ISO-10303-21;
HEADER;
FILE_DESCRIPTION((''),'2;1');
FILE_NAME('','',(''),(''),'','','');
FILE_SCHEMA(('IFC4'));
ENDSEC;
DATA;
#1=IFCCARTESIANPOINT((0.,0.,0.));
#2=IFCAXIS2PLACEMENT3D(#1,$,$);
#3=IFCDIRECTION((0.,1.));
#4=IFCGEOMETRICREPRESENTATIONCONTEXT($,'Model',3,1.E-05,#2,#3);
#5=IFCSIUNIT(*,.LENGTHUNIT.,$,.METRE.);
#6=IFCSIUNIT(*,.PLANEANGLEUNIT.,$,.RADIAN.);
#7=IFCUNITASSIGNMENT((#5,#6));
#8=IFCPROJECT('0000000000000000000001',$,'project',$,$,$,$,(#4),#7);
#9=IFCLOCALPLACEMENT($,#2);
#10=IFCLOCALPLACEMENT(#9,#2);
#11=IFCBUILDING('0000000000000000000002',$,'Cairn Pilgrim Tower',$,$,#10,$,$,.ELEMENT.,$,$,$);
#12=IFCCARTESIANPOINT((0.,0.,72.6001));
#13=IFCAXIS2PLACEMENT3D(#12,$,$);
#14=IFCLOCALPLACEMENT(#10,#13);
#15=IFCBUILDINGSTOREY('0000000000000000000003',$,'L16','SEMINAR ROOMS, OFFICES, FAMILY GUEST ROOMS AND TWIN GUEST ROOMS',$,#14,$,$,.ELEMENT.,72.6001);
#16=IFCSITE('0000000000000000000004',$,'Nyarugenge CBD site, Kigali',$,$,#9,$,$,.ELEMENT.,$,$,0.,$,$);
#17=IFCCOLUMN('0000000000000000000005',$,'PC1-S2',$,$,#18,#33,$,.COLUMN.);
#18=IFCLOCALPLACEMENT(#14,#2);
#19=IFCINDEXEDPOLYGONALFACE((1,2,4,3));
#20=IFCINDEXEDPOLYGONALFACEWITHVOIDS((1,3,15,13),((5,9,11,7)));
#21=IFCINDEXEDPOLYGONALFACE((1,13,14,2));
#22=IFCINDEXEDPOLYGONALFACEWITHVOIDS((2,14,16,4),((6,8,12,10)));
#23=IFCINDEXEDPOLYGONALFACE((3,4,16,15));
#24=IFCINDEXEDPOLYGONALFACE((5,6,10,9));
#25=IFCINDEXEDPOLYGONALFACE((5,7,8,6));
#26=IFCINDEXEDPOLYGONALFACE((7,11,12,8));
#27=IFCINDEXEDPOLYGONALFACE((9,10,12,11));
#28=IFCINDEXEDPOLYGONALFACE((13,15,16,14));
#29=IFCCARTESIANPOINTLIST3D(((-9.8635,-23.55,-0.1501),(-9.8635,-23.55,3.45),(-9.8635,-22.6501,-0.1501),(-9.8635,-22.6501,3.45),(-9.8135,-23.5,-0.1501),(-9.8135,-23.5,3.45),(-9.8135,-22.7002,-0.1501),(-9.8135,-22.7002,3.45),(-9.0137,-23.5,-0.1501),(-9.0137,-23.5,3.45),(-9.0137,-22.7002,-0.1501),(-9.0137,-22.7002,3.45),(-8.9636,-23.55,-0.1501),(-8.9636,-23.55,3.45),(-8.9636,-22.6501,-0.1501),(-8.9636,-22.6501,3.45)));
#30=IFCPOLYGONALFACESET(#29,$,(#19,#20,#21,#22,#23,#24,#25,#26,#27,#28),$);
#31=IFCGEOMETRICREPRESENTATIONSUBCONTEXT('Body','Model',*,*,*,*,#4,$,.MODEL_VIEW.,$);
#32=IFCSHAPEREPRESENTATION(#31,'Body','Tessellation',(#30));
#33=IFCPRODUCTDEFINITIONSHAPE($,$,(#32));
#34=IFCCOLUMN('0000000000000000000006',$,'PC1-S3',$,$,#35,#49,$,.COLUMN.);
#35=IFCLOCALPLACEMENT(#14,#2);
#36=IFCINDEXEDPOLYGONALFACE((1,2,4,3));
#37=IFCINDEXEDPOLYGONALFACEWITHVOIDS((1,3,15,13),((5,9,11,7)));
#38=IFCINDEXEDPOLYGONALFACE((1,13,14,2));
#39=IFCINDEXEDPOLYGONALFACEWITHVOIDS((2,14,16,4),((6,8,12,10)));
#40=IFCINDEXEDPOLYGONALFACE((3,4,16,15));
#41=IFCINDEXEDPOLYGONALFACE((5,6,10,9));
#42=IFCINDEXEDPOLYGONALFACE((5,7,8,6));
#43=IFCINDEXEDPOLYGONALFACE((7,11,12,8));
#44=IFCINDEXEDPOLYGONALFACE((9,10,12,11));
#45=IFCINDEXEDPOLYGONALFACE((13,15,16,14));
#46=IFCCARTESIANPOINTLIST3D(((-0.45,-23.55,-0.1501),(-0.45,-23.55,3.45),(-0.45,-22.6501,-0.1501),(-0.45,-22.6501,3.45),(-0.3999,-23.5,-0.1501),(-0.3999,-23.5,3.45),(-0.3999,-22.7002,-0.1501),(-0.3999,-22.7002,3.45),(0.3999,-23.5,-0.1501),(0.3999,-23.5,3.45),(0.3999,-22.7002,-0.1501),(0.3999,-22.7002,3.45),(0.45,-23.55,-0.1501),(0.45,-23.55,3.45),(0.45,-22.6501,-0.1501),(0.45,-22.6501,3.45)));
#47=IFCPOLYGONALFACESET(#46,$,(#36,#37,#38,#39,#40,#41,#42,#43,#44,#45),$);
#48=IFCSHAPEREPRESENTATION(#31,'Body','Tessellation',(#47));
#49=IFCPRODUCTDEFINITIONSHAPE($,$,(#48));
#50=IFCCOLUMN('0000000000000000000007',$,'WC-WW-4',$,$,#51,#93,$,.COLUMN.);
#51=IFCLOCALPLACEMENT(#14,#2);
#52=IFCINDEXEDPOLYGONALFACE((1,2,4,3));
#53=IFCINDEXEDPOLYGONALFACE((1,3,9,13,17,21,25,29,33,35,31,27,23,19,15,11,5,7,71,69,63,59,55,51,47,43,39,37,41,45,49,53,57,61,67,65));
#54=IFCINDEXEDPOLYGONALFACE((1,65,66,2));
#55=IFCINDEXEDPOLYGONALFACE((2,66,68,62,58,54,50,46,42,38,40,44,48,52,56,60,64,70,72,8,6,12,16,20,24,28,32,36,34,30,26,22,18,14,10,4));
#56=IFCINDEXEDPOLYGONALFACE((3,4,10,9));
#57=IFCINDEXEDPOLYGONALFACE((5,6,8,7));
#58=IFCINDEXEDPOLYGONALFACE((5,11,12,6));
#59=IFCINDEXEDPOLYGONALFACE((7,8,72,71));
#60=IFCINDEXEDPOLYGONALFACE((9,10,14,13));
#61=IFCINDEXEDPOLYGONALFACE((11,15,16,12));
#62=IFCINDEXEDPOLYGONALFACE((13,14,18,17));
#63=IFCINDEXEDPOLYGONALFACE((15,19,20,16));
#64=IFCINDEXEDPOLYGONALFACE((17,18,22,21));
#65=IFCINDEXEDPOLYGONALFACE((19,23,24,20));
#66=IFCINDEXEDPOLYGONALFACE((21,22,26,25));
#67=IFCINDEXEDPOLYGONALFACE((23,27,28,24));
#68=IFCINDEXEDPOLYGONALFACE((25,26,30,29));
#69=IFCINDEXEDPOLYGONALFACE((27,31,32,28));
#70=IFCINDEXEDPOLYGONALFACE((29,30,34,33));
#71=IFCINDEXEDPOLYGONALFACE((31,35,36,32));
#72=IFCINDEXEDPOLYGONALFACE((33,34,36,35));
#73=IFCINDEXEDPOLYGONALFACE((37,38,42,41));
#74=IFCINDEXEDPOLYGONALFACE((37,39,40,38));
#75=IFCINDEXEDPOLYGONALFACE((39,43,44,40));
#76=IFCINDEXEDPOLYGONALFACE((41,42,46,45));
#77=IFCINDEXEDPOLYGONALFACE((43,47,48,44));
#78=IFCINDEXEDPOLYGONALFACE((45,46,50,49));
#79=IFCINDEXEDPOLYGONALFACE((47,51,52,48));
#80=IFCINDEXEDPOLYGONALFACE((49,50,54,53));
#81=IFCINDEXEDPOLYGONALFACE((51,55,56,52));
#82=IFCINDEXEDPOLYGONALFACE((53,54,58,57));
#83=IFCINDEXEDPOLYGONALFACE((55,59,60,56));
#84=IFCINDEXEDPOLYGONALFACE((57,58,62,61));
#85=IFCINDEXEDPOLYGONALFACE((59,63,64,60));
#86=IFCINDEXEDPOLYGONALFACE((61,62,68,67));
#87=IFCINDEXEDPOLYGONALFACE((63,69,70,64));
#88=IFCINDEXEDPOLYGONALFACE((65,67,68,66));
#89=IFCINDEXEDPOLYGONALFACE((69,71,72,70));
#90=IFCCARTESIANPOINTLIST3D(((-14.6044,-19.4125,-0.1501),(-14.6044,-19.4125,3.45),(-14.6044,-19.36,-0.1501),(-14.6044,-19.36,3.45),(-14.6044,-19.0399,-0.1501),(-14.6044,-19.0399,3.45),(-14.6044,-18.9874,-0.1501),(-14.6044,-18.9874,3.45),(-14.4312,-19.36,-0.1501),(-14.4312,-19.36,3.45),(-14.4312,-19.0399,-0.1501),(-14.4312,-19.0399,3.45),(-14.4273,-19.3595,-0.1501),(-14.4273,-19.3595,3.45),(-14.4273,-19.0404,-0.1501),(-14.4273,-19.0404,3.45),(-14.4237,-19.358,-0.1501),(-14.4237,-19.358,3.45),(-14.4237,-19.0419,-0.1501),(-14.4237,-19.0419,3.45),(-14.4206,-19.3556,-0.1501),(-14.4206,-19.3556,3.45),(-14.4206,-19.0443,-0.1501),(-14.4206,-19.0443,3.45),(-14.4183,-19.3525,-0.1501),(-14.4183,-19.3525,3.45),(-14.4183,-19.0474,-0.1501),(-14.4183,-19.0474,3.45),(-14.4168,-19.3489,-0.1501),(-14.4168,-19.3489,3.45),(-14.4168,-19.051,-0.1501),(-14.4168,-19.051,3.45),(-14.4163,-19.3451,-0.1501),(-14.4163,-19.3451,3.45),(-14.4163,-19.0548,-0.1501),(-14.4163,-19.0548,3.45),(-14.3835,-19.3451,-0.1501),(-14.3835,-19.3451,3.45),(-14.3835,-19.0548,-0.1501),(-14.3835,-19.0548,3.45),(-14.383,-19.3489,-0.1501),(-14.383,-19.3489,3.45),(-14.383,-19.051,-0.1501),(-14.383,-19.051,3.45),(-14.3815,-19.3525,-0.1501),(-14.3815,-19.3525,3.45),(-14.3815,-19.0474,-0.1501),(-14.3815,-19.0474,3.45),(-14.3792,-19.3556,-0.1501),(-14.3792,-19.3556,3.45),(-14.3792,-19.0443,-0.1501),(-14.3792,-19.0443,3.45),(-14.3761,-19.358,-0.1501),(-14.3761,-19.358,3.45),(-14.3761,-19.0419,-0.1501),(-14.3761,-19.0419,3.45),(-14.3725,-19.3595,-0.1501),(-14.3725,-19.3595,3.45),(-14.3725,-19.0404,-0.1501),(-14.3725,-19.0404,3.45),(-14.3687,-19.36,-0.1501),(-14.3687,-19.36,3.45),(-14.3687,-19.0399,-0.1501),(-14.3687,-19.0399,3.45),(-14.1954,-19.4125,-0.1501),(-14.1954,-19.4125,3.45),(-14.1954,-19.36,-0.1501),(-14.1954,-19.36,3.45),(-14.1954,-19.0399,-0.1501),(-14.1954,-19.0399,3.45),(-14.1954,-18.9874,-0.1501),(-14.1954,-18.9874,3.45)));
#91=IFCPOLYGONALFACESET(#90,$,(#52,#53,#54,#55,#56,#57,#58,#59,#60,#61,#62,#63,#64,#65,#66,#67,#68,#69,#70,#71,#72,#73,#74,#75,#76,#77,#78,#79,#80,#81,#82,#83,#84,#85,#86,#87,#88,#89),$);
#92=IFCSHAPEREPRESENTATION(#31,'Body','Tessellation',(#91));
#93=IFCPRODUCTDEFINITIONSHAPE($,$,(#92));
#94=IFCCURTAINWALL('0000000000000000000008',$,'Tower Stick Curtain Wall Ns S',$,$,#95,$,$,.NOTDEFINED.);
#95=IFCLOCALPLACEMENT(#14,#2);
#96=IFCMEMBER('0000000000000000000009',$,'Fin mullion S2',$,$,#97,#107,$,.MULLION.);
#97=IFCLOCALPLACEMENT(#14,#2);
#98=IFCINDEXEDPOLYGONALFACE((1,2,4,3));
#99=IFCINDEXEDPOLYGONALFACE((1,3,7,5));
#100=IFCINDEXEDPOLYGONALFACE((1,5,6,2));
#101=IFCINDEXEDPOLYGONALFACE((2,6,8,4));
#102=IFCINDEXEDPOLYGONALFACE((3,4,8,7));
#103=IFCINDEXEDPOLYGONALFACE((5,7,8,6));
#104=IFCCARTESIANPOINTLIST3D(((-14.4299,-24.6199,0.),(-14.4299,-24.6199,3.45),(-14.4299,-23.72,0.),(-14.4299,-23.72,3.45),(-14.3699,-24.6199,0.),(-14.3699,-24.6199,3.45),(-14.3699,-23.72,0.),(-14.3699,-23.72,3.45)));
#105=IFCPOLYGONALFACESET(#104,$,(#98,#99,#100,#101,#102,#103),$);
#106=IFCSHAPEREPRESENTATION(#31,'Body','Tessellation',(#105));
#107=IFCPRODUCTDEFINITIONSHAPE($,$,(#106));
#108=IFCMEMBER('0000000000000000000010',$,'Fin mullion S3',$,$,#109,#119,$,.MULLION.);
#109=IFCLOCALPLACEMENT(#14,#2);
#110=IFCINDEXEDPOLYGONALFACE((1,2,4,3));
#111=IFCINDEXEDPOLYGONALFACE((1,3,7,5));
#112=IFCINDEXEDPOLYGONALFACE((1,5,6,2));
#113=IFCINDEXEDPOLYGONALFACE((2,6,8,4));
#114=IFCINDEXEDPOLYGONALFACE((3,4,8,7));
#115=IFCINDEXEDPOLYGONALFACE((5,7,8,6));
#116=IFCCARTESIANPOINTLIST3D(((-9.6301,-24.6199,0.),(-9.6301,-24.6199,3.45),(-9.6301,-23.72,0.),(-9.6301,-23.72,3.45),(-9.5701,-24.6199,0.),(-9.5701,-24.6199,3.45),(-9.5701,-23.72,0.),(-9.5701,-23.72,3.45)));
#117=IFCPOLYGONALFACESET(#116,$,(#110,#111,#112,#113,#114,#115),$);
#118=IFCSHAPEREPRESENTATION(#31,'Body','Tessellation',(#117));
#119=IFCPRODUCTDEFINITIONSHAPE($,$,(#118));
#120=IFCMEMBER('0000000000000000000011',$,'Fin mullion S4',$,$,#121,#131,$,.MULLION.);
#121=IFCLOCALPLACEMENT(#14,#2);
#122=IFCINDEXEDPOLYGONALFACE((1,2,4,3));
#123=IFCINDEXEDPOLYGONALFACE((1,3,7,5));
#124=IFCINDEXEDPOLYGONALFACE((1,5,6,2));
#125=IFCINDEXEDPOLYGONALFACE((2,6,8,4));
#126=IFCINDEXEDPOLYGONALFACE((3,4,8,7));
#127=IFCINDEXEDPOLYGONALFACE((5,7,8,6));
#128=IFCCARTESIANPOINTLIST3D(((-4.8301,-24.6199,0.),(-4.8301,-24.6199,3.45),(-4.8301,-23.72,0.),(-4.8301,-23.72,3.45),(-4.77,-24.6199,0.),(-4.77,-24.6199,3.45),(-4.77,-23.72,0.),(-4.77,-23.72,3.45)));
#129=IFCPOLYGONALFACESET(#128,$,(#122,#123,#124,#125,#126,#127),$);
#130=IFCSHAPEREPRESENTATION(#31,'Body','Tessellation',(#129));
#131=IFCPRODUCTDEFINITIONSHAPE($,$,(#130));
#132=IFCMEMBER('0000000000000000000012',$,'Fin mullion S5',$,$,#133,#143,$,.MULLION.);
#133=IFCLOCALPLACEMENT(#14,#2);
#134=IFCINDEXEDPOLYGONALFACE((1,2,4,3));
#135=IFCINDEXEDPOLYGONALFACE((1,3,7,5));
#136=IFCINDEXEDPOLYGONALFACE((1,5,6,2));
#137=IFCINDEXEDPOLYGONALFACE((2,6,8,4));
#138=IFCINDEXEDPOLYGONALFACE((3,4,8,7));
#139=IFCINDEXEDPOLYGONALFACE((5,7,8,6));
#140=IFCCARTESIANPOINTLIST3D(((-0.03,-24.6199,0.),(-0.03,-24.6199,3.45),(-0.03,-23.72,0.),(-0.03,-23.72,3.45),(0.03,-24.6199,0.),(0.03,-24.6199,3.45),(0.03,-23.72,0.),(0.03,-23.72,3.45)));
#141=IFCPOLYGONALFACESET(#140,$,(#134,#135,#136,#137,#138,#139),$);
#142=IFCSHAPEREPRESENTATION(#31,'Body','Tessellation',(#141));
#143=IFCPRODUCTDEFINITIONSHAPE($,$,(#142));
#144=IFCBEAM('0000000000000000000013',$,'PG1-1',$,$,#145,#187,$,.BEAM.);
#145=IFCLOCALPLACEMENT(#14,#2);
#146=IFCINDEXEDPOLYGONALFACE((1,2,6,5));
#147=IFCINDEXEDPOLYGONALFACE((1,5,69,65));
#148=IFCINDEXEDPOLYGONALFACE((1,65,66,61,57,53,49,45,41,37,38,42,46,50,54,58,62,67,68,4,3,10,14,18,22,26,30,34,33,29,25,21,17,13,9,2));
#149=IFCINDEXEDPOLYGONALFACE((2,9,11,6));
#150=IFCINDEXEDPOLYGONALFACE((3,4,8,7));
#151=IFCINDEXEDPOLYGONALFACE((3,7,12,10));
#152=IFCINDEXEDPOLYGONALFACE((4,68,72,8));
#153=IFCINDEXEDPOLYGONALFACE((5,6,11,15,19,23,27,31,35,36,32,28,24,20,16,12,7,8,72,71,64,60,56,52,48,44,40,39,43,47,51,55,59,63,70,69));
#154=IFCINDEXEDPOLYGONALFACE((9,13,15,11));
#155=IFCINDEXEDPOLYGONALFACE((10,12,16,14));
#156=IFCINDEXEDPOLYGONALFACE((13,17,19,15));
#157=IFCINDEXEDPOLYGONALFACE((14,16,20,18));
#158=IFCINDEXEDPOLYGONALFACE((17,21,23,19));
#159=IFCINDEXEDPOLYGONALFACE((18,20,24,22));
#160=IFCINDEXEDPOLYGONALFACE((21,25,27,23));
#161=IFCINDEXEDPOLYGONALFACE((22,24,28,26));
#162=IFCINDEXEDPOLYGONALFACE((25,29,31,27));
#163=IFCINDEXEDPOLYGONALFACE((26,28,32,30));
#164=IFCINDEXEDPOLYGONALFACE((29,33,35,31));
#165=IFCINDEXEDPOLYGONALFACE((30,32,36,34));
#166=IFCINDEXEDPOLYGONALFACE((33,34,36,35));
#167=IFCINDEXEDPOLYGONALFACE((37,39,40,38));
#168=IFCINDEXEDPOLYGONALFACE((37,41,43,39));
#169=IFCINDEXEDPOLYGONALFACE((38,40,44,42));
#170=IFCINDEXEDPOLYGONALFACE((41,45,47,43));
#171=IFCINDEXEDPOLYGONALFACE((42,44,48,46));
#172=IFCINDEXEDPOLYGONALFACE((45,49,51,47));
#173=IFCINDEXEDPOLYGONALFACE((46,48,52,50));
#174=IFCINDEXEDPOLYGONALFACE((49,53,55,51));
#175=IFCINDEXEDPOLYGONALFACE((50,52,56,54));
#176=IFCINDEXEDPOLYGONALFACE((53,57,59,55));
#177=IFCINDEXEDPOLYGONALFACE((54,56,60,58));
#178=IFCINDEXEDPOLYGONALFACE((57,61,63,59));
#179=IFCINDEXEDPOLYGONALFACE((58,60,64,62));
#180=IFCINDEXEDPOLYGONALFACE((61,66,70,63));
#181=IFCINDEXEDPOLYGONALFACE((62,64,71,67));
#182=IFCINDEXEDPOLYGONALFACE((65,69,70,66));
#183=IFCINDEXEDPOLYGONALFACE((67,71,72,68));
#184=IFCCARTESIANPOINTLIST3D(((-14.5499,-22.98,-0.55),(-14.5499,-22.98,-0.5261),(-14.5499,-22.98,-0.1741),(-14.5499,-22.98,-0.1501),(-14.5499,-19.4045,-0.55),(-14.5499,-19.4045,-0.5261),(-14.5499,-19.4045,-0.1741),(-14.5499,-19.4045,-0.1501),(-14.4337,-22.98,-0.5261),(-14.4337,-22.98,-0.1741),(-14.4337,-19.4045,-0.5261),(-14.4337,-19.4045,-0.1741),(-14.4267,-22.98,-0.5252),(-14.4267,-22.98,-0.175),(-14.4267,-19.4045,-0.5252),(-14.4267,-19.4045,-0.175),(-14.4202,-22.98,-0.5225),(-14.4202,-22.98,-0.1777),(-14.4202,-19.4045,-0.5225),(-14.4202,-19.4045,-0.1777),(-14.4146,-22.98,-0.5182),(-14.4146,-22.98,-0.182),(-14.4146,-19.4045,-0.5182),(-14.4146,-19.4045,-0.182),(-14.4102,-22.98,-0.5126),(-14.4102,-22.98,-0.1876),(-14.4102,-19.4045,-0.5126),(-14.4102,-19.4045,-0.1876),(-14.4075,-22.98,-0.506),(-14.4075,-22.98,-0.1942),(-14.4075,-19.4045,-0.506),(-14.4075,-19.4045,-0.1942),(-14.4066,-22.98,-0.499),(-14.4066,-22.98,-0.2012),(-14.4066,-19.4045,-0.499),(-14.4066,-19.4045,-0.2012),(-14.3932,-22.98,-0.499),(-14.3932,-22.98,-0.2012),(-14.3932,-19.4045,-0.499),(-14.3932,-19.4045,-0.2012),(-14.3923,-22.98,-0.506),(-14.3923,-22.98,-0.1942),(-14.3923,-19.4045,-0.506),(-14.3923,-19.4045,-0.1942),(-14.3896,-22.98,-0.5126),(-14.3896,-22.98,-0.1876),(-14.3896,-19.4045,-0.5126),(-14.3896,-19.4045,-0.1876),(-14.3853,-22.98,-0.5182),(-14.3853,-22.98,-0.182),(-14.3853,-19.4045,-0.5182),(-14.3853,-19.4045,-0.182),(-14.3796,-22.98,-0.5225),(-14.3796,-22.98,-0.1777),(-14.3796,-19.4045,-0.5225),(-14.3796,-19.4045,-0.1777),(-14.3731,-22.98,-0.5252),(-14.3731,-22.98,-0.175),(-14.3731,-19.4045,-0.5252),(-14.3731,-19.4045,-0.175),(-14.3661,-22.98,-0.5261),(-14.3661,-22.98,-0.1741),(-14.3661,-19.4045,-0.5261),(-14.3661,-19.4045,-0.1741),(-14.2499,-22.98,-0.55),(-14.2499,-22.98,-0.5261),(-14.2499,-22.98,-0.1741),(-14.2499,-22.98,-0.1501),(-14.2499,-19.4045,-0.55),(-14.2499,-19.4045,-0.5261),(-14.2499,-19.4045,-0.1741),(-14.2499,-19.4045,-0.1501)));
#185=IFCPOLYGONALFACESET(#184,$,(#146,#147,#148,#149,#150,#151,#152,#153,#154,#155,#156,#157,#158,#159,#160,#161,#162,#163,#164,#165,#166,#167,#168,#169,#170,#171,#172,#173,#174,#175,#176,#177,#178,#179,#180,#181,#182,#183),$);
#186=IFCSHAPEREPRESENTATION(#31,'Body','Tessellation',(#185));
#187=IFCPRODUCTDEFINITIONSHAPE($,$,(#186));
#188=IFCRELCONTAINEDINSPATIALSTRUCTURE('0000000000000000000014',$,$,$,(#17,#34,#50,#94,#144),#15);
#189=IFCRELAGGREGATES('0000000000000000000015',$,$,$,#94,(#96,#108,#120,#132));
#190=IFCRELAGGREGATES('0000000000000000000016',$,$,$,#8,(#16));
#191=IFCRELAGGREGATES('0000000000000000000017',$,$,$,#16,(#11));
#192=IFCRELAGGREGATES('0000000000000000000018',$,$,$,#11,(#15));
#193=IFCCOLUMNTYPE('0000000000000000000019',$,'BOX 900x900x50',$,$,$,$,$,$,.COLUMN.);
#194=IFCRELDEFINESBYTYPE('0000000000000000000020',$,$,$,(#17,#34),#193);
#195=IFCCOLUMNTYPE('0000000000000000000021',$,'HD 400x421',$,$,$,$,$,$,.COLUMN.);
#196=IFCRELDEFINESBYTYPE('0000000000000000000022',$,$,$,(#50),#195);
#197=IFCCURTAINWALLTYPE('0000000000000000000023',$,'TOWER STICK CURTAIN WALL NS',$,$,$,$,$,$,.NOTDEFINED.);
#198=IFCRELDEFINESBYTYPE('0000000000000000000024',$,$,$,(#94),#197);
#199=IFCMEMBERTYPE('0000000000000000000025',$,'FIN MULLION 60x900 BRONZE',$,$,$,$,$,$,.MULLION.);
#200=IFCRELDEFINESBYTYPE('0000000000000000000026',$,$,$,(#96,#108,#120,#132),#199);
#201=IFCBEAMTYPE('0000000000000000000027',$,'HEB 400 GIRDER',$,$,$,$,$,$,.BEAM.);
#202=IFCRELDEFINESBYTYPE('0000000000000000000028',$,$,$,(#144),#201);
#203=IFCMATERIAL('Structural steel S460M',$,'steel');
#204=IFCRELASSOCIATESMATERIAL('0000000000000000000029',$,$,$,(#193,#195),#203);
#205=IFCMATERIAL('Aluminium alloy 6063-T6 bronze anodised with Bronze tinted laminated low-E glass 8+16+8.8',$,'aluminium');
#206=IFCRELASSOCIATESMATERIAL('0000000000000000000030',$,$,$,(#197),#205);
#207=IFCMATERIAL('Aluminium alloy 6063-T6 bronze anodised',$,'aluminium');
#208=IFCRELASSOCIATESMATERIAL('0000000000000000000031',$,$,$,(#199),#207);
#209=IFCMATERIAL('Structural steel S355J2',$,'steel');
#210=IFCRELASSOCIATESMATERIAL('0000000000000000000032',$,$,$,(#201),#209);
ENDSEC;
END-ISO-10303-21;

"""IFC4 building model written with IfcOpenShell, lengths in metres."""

from ifc_helpers import new_model, si_unit, direction, frame, origin, origin_2d, place, context, subcontext, project, spatial, rectangle, hollow_rectangle, i_section, extrude, material, material_profile, profile_set, type_object, element, aggregate, save


model = new_model("IFC4")

# Units and contexts
model_context = context("Model", 3, precision=1e-05, world=origin(), true_north=direction((0.0, 1.0)))
body_context = subcontext(model_context, "Body", "Model", "MODEL_VIEW")
ifc_project = project(units=[si_unit("LENGTHUNIT", "METRE"), si_unit("PLANEANGLEUNIT", "RADIAN")], contexts=[model_context])

# Site, building, storey
site_placement = place(None, origin())
site = spatial("IfcSite", under=ifc_project, at=site_placement, Name="Nyarugenge CBD site, Kigali", CompositionType="ELEMENT", RefElevation=0.0)
building_placement = place(site_placement, origin())
building = spatial("IfcBuilding", under=site, at=building_placement, Name="Cairn Pilgrim Tower", CompositionType="ELEMENT")
storey_placement = place(building_placement, frame((0.0, 0.0, 72.6001)))
storey = spatial("IfcBuildingStorey", under=building, at=storey_placement, Name="L16", Description="SEMINAR ROOMS, OFFICES, FAMILY GUEST ROOMS AND TWIN GUEST ROOMS", CompositionType="ELEMENT", Elevation=72.6001)

# Columns
ifc_material_1 = material(Name="Structural steel S460M", Category="steel")
ifc_material_profile_1 = material_profile(ifc_material_1, hollow_rectangle(XDim=0.8999, YDim=0.8999, WallThickness=0.05, at=origin_2d()), Name="BOX 900x900x50")
ifc_profile_set_1 = profile_set([ifc_material_profile_1], Name="Structural steel S460M")
column_type_1 = type_object("IfcColumnType", Name="BOX 900x900x50", PredefinedType="COLUMN", material=ifc_profile_set_1)
for number, where, z_axis, x_axis, name in (
    (1, (-9.4136, -23.1001, -0.1501), (0.0, 0.0, 1.0), (1.0, 0.0, 0.0), "PC1-S2"),
    (2, (0.0, -23.1001, -0.1501), (0.0, 0.0, 1.0), (1.0, 0.0, 0.0), "PC1-S3"),
):
    element("IfcColumn", number, at=place(storey_placement, frame(where, z_axis=z_axis, x_axis=x_axis)), inside=storey, type_object=column_type_1, Name=name, PredefinedType="COLUMN", context=body_context, shape_type="SweptSolid", body=[
        extrude(hollow_rectangle(XDim=0.8999, YDim=0.8999, WallThickness=0.05, at=origin_2d()), origin(), (0.0, 0.0, 1.0), 3.6001),
    ])
ifc_material_profile_2 = material_profile(ifc_material_1, i_section(OverallWidth=0.4089, OverallDepth=0.425, WebThickness=0.0327, FlangeThickness=0.0525, FilletRadius=0.0149, at=origin_2d()), Name="HD 400x421")
ifc_profile_set_2 = profile_set([ifc_material_profile_2], Name="Structural steel S460M")
column_type_2 = type_object("IfcColumnType", Name="HD 400x421", PredefinedType="COLUMN", material=ifc_profile_set_2)
column_placement = place(storey_placement, frame((-14.3999, -19.2, -0.1501), z_axis=(0.0, 0.0, 1.0), x_axis=(1.0, 0.0, 0.0)))
element("IfcColumn", 3, at=column_placement, inside=storey, type_object=column_type_2, Name="WC-WW-4", PredefinedType="COLUMN", context=body_context, shape_type="SweptSolid", body=[
    extrude(i_section(OverallWidth=0.4089, OverallDepth=0.425, WebThickness=0.0327, FlangeThickness=0.0525, FilletRadius=0.0149, at=origin_2d()), origin(), (0.0, 0.0, 1.0), 3.6001),
])

# Curtain wall, members
ifc_material_2 = material(Name="Aluminium alloy 6063-T6 bronze anodised with Bronze tinted laminated low-E glass 8+16+8.8", Category="aluminium")
curtain_wall_type = type_object("IfcCurtainWallType", Name="TOWER STICK CURTAIN WALL NS", PredefinedType="NOTDEFINED", material=ifc_material_2)
curtain_wall_placement = place(storey_placement, origin())
curtain_wall = element("IfcCurtainWall", 4, at=curtain_wall_placement, inside=storey, type_object=curtain_wall_type, Name="Tower Stick Curtain Wall Ns S", PredefinedType="NOTDEFINED")
ifc_material_3 = material(Name="Aluminium alloy 6063-T6 bronze anodised", Category="aluminium")
ifc_material_profile_3 = material_profile(ifc_material_3, rectangle(XDim=0.8999, YDim=0.0601, at=origin_2d()), Name="FIN MULLION 60x900 BRONZE")
ifc_profile_set_3 = profile_set([ifc_material_profile_3], Name="Aluminium alloy 6063-T6 bronze anodised")
member_type_1 = type_object("IfcMemberType", Name="FIN MULLION 60x900 BRONZE", PredefinedType="MULLION", material=ifc_profile_set_3)
member_1_placement = place(storey_placement, frame((-14.3999, -24.1699, 0.0), z_axis=(0.0, 0.0, 1.0), x_axis=(0.0, -1.0, 0.0)))
member_1 = element("IfcMember", 5, at=member_1_placement, type_object=member_type_1, Name="Fin mullion S2", PredefinedType="MULLION", context=body_context, shape_type="SweptSolid", body=[
    extrude(rectangle(XDim=0.8999, YDim=0.0601, at=origin_2d()), origin(), (0.0, 0.0, 1.0), 3.45),
])
member_2_placement = place(storey_placement, frame((-9.6001, -24.1699, 0.0), z_axis=(0.0, 0.0, 1.0), x_axis=(0.0, -1.0, 0.0)))
member_2 = element("IfcMember", 6, at=member_2_placement, type_object=member_type_1, Name="Fin mullion S3", PredefinedType="MULLION", context=body_context, shape_type="SweptSolid", body=[
    extrude(rectangle(XDim=0.8999, YDim=0.0601, at=origin_2d()), origin(), (0.0, 0.0, 1.0), 3.45),
])
member_3_placement = place(storey_placement, frame((-4.8, -24.1699, 0.0), z_axis=(0.0, 0.0, 1.0), x_axis=(0.0, -1.0, 0.0)))
member_3 = element("IfcMember", 7, at=member_3_placement, type_object=member_type_1, Name="Fin mullion S4", PredefinedType="MULLION", context=body_context, shape_type="SweptSolid", body=[
    extrude(rectangle(XDim=0.8999, YDim=0.0601, at=origin_2d()), origin(), (0.0, 0.0, 1.0), 3.45),
])
member_4_placement = place(storey_placement, frame((0.0, -24.1699, 0.0), z_axis=(0.0, 0.0, 1.0), x_axis=(0.0, -1.0, 0.0)))
member_4 = element("IfcMember", 8, at=member_4_placement, type_object=member_type_1, Name="Fin mullion S5", PredefinedType="MULLION", context=body_context, shape_type="SweptSolid", body=[
    extrude(rectangle(XDim=0.8999, YDim=0.0601, at=origin_2d()), origin(), (0.0, 0.0, 1.0), 3.45),
])

# Beam
ifc_material_4 = material(Name="Structural steel S355J2", Category="steel")
ifc_material_profile_4 = material_profile(ifc_material_4, i_section(OverallWidth=0.3, OverallDepth=0.3999, WebThickness=0.0134, FlangeThickness=0.0239, FilletRadius=0.0271, at=origin_2d()), Name="HEB 400")
ifc_profile_set_4 = profile_set([ifc_material_profile_4], Name="Structural steel S355J2")
beam_type_1 = type_object("IfcBeamType", Name="HEB 400 GIRDER", PredefinedType="BEAM", material=ifc_profile_set_4)
beam_1_placement = place(storey_placement, frame((-14.3999, -22.98, -0.3501), z_axis=(0.0, 1.0, 0.0), x_axis=(-1.0, 0.0, 0.0)))
element("IfcBeam", 9, at=beam_1_placement, inside=storey, type_object=beam_type_1, Name="PG1-1", PredefinedType="BEAM", context=body_context, shape_type="SweptSolid", body=[
    extrude(i_section(OverallWidth=0.3, OverallDepth=0.3999, WebThickness=0.0134, FlangeThickness=0.0239, FilletRadius=0.0271, at=origin_2d()), origin(), (0.0, 0.0, 1.0), 3.5754),
])

aggregate(curtain_wall, [member_1, member_2, member_3, member_4])

save(model, "model.ifc")
